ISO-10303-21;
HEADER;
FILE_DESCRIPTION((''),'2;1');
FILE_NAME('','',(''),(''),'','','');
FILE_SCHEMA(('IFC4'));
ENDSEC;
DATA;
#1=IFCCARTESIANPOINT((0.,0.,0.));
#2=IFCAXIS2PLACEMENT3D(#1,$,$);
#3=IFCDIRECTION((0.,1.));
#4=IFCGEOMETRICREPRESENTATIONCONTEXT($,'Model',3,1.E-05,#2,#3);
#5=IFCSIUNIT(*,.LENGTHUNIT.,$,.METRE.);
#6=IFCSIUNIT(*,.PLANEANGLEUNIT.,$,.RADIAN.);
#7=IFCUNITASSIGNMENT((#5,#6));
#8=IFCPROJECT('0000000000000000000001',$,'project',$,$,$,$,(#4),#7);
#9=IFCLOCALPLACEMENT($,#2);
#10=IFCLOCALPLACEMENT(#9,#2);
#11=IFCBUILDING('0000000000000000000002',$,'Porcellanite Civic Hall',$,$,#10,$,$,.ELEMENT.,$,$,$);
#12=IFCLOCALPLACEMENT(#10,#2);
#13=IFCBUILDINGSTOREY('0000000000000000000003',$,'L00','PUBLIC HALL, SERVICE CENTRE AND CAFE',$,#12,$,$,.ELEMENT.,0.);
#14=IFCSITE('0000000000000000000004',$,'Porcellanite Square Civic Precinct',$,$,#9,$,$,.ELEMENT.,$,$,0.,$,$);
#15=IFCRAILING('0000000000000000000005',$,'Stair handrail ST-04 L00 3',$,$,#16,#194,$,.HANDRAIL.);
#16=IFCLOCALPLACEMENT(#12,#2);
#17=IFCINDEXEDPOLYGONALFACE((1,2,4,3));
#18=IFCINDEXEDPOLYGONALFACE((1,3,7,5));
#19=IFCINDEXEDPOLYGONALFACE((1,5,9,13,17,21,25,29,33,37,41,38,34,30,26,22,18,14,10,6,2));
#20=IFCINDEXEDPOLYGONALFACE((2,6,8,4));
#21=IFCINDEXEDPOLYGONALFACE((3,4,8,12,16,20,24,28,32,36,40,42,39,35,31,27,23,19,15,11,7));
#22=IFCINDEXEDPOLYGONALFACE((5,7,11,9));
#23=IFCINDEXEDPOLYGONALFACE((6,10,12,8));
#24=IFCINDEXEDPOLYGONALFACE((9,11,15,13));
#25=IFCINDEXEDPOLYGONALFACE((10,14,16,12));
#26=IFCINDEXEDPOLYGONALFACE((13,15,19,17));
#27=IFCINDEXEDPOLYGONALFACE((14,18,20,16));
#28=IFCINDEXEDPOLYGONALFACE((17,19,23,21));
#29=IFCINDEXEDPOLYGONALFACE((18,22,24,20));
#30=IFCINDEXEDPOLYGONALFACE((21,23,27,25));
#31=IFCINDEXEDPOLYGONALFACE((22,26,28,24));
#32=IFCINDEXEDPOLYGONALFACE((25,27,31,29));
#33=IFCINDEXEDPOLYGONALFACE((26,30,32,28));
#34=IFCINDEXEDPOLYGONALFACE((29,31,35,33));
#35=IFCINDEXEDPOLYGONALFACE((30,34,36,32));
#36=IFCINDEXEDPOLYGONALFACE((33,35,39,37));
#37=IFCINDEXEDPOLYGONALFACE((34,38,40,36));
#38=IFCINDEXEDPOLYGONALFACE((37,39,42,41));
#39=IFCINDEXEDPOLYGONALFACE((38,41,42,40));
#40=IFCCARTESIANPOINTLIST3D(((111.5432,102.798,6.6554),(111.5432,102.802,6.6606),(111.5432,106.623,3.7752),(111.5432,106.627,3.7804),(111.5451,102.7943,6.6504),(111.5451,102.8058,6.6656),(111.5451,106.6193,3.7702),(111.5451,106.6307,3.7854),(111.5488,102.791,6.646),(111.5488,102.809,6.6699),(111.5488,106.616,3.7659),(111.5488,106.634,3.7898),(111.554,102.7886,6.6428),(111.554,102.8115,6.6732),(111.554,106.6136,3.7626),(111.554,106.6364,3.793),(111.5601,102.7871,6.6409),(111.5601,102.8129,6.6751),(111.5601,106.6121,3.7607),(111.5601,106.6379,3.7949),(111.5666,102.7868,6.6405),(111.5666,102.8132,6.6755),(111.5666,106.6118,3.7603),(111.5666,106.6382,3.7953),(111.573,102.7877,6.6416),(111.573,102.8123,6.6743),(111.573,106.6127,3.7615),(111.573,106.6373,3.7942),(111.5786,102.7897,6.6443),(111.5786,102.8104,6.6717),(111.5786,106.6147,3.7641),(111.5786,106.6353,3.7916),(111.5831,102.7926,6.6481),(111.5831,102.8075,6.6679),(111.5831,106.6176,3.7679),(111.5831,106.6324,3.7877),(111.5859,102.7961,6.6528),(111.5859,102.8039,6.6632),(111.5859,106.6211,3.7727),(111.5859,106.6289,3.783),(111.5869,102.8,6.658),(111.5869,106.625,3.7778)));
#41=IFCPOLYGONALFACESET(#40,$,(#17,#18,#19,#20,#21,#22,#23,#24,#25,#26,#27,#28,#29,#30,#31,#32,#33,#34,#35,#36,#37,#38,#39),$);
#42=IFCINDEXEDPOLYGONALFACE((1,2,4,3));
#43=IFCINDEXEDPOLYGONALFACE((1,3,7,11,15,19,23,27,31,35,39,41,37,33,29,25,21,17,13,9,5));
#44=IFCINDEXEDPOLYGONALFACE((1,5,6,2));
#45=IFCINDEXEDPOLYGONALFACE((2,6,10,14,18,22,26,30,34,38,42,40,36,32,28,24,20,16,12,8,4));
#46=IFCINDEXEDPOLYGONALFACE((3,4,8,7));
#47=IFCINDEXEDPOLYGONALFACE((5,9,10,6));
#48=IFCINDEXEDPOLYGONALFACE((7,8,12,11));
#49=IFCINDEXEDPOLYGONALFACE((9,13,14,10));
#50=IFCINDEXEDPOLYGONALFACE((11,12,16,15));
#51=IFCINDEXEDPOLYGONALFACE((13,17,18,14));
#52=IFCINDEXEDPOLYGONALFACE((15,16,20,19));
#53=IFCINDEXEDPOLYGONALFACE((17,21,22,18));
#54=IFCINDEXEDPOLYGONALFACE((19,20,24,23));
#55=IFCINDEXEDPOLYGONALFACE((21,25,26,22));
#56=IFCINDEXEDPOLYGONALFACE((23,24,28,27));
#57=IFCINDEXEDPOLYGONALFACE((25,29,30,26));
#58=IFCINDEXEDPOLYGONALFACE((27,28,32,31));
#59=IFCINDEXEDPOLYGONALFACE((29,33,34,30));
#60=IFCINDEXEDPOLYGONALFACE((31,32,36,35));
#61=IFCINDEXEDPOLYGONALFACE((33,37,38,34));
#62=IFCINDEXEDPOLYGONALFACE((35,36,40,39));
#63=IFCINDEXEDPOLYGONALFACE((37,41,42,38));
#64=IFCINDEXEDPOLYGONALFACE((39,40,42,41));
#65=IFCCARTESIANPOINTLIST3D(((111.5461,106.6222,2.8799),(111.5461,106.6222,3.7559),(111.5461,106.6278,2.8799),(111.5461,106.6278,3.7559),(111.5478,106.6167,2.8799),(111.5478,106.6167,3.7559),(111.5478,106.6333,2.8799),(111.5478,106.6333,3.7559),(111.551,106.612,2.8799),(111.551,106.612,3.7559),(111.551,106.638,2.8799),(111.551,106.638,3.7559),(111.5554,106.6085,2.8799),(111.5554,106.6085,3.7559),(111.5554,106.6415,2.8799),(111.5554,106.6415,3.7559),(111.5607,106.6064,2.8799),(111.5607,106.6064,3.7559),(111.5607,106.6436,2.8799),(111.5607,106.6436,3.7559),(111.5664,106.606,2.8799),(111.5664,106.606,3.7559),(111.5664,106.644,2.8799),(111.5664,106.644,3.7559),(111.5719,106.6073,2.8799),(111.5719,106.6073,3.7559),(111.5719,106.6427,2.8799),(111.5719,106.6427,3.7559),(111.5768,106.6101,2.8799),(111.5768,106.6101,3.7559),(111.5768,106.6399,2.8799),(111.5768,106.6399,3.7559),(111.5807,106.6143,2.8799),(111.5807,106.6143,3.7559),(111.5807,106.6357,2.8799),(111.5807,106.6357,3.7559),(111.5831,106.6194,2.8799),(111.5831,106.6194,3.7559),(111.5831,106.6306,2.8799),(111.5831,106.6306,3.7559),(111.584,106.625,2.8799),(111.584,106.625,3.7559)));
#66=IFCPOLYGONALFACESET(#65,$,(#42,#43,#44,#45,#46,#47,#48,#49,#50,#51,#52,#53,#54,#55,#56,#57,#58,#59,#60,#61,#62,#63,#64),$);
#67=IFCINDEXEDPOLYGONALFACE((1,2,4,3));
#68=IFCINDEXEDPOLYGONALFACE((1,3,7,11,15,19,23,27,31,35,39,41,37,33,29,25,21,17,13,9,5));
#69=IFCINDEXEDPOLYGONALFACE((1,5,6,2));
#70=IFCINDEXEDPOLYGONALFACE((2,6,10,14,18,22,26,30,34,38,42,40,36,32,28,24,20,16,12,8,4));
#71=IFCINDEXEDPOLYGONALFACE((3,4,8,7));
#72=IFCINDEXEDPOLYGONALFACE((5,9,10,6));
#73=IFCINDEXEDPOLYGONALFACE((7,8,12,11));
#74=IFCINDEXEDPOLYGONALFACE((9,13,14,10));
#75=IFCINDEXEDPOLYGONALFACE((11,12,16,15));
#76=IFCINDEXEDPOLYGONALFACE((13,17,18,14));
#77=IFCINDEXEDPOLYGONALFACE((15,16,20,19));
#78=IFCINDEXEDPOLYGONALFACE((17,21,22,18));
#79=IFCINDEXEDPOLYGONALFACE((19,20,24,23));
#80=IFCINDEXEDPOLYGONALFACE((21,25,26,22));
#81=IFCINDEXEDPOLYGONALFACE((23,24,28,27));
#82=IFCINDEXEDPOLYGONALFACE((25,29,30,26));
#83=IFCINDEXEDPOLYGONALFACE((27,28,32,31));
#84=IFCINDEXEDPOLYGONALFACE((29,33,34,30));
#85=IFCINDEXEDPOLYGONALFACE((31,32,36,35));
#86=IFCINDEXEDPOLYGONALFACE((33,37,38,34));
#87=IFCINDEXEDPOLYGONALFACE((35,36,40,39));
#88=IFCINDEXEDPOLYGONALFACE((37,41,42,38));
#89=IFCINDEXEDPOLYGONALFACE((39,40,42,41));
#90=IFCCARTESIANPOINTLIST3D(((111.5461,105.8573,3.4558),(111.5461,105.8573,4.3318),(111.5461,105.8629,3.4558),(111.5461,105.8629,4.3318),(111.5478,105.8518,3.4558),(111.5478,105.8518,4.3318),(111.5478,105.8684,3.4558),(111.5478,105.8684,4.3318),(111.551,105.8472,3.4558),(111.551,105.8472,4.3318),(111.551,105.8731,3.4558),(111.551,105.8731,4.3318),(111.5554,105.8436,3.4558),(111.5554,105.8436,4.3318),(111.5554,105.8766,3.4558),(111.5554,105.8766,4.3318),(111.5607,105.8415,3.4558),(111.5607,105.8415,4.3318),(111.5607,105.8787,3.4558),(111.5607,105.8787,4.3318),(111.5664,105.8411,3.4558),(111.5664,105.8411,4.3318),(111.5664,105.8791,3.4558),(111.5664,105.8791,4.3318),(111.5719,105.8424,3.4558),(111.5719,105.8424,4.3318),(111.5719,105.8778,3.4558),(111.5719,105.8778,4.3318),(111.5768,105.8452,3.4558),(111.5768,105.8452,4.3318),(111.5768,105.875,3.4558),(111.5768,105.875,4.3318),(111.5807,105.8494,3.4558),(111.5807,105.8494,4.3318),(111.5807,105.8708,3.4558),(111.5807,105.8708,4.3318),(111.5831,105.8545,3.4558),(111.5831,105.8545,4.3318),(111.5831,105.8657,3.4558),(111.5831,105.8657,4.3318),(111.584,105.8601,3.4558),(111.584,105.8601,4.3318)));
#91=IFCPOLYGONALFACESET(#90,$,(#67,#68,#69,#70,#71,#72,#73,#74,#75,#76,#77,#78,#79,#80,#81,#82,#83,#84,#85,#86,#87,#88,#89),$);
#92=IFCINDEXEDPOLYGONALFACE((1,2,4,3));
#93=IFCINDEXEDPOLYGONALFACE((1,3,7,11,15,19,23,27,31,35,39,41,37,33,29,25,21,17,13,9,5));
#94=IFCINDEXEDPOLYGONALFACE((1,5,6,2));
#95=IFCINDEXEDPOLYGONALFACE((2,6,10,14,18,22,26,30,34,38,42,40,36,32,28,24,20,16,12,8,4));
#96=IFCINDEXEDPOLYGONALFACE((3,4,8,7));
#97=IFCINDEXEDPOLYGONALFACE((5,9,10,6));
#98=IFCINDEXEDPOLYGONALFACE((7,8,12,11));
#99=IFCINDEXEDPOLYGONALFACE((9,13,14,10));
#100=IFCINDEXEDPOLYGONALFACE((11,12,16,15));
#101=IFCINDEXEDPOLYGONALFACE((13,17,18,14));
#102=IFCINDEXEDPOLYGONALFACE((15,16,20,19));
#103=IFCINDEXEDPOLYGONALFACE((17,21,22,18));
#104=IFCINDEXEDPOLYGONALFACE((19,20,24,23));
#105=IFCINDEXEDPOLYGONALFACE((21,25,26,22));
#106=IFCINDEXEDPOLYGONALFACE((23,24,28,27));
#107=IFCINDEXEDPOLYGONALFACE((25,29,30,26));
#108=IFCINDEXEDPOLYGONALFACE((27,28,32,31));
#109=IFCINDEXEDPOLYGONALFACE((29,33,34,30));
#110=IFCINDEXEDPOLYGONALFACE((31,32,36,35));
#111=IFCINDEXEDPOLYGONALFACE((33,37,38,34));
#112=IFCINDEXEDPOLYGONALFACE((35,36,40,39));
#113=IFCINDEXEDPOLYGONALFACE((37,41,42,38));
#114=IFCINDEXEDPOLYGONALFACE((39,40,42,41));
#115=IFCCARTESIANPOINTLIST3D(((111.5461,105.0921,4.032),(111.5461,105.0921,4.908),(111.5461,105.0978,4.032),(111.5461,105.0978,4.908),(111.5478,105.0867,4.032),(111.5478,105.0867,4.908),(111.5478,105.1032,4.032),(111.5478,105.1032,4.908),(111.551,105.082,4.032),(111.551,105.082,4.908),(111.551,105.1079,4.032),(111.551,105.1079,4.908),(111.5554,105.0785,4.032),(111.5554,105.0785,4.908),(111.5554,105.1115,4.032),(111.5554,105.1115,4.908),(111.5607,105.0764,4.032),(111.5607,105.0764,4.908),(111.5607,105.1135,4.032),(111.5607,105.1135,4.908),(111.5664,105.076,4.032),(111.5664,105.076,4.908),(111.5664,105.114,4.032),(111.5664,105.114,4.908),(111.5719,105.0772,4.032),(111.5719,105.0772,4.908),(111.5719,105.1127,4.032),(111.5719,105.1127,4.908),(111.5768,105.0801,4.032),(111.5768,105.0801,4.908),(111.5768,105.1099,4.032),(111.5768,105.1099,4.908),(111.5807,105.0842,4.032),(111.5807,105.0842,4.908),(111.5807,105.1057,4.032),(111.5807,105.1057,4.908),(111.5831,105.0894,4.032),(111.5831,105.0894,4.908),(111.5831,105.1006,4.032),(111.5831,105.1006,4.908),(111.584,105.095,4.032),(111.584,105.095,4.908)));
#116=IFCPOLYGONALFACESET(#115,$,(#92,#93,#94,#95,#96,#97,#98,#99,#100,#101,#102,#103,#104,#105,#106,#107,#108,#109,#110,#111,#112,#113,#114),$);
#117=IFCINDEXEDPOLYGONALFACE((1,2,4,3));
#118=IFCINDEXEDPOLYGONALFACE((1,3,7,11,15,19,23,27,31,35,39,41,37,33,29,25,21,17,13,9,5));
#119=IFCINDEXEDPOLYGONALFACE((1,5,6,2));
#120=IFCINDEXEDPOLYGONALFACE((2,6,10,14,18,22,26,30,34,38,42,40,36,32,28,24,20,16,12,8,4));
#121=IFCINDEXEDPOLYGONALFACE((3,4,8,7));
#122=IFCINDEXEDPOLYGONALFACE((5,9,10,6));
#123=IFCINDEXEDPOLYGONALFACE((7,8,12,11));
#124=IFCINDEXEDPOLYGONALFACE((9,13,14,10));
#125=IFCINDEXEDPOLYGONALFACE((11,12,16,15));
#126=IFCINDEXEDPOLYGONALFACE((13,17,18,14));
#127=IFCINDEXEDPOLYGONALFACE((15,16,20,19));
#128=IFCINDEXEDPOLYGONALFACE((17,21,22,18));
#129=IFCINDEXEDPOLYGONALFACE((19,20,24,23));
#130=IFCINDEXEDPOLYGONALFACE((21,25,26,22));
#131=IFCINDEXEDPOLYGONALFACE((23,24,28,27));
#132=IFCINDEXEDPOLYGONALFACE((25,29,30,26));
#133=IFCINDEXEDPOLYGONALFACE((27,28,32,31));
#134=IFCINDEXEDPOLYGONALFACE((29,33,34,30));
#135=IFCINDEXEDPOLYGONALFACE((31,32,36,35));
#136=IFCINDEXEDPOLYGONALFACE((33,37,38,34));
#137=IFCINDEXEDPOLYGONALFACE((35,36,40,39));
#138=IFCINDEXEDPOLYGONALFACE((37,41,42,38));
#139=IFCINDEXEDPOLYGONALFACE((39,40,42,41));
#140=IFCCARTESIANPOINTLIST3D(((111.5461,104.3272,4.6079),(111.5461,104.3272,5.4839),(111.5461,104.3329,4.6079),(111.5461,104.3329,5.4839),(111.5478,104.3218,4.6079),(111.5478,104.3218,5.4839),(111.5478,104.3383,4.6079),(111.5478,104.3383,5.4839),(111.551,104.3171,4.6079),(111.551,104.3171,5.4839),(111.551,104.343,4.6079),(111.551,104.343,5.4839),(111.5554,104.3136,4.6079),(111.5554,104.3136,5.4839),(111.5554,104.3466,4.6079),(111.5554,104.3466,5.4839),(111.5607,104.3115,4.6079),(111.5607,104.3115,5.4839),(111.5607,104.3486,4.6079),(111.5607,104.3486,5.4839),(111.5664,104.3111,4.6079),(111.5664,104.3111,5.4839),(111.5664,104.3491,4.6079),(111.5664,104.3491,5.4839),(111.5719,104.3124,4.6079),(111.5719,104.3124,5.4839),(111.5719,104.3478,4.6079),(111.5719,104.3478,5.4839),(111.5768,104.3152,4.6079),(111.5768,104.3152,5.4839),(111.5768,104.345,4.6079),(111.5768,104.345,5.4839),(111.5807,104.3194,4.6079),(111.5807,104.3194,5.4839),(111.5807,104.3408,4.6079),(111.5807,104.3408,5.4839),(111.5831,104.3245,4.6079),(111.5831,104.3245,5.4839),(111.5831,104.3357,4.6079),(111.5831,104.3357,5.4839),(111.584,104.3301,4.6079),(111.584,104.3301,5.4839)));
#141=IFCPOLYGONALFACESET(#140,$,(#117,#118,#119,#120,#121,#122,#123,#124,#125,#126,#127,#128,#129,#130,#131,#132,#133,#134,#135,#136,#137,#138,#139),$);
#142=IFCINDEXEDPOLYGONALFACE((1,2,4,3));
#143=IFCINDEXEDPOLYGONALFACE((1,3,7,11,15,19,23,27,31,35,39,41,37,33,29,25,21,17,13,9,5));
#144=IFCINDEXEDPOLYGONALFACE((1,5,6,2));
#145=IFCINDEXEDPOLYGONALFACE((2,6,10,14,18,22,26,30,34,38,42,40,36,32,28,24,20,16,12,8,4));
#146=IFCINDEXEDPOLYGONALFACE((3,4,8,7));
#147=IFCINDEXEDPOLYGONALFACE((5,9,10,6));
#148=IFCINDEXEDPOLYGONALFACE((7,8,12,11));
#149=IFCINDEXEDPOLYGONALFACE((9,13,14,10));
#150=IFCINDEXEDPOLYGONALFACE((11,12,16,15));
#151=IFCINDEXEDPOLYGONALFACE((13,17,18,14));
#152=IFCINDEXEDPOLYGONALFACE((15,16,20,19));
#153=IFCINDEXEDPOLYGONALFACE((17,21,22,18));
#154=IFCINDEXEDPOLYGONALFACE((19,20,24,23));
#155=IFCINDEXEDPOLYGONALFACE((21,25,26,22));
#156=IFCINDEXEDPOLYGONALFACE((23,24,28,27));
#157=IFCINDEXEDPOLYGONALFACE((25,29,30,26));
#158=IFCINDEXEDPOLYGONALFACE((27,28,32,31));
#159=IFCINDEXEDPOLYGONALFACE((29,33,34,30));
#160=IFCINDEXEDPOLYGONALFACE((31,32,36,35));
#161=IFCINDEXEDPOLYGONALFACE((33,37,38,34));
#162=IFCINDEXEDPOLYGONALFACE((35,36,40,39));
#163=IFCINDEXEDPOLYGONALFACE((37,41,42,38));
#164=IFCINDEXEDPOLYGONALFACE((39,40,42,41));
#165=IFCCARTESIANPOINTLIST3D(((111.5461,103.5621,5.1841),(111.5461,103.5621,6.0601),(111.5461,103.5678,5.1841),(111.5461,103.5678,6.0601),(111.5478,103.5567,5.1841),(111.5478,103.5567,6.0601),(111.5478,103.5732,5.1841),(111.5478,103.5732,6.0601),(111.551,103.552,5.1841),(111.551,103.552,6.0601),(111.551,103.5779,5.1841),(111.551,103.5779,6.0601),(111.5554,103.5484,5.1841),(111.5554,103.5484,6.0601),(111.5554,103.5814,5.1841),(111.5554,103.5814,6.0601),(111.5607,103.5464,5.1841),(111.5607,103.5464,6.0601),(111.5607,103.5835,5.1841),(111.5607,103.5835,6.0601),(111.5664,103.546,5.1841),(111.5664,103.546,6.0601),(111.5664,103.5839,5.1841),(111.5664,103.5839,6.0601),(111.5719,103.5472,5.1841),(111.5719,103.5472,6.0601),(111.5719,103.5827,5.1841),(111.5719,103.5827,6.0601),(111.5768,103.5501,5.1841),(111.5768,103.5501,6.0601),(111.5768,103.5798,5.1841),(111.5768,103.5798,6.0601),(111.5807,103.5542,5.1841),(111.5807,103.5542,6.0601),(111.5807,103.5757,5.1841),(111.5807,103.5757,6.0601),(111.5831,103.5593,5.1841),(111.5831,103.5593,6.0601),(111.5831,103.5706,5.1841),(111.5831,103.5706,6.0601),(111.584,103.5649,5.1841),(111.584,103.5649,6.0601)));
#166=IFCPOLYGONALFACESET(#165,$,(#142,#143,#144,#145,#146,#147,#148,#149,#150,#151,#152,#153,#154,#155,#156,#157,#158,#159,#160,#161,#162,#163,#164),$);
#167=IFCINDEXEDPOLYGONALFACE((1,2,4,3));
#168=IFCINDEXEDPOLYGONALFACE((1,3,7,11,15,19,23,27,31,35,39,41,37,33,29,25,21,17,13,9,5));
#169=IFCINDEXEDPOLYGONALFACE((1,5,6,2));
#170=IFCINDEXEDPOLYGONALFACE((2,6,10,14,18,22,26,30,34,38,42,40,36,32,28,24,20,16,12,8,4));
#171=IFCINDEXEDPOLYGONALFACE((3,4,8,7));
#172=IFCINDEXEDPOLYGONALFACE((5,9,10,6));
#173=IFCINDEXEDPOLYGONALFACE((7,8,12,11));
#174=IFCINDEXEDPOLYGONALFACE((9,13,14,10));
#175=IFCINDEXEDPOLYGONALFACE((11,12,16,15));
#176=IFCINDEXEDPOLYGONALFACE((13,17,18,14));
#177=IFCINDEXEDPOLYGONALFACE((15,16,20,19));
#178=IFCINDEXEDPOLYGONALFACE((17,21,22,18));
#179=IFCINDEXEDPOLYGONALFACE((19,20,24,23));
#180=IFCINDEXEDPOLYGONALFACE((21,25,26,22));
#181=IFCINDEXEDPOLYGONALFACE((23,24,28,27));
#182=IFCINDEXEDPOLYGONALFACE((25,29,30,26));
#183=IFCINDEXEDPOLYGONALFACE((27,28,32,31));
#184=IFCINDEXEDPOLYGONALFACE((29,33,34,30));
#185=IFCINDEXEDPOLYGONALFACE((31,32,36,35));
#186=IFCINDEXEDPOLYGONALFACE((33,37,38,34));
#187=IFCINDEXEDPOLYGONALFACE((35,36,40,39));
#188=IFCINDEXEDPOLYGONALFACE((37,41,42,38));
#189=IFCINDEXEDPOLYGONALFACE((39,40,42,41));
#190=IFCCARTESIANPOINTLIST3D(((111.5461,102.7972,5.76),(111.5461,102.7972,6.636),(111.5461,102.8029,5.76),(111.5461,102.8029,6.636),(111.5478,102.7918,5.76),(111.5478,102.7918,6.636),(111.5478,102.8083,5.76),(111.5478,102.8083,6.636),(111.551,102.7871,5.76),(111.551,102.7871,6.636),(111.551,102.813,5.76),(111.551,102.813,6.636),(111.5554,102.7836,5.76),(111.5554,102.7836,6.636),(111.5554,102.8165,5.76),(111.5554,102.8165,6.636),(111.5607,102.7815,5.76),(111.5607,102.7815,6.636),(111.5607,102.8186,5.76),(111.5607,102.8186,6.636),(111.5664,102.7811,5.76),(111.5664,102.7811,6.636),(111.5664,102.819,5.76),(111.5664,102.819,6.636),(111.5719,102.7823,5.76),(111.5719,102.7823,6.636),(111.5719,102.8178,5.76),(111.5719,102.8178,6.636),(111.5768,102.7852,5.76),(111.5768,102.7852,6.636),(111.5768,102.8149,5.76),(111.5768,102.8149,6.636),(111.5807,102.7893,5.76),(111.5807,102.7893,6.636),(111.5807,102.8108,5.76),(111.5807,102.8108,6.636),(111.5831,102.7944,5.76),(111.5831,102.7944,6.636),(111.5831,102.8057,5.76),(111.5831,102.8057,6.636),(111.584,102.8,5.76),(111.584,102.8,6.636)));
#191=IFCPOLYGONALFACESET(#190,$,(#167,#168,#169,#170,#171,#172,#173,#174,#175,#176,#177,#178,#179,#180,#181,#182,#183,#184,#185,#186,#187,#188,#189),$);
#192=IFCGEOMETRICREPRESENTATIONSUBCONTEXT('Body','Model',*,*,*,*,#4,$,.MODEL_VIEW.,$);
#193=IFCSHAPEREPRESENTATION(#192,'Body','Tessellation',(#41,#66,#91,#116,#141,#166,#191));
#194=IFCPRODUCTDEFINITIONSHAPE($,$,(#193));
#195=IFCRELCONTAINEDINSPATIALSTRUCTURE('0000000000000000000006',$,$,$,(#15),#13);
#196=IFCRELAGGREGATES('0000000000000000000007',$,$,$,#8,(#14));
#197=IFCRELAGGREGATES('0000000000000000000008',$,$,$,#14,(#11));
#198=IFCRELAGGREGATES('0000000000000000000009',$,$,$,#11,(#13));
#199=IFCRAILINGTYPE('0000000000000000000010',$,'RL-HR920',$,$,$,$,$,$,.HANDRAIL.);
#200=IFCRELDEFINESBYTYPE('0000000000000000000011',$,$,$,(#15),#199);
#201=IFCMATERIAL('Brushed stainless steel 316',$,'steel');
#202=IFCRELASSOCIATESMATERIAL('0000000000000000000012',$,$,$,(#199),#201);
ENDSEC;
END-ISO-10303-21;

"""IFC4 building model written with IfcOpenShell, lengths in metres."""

from ifc_helpers import new_model, si_unit, direction, frame, origin, origin_2d, place, context, subcontext, project, spatial, circle, extrude, material, type_object, element, save


model = new_model("IFC4")

# Units and contexts
model_context = context("Model", 3, precision=1e-05, world=origin(), true_north=direction((0.0, 1.0)))
body_context = subcontext(model_context, "Body", "Model", "MODEL_VIEW")
ifc_project = project(units=[si_unit("LENGTHUNIT", "METRE"), si_unit("PLANEANGLEUNIT", "RADIAN")], contexts=[model_context])

# Site, building, storey
site_placement = place(None, origin())
site = spatial("IfcSite", under=ifc_project, at=site_placement, Name="Porcellanite Square Civic Precinct", CompositionType="ELEMENT", RefElevation=0.0)
building_placement = place(site_placement, origin())
building = spatial("IfcBuilding", under=site, at=building_placement, Name="Porcellanite Civic Hall", CompositionType="ELEMENT")
storey_placement = place(building_placement, origin())
storey = spatial("IfcBuildingStorey", under=building, at=storey_placement, Name="L00", Description="PUBLIC HALL, SERVICE CENTRE AND CAFE", CompositionType="ELEMENT", Elevation=0.0)

# Railing
ifc_material_1 = material(Name="Brushed stainless steel 316", Category="steel")
railing_type_1 = type_object("IfcRailingType", Name="RL-HR920", PredefinedType="HANDRAIL", material=ifc_material_1)
railing_1_placement = place(storey_placement, frame((111.5649, 106.625, 2.8799)))
element("IfcRailing", 1, at=railing_1_placement, inside=storey, type_object=railing_type_1, Name="Stair handrail ST-04 L00 3", PredefinedType="HANDRAIL", context=body_context, shape_type="SweptSolid", body=[
    extrude(circle(Radius=0.022, at=origin_2d()), frame((0.0, 0.0, 0.8979), z_axis=(0.0, -0.798854, 0.601525), x_axis=(1.0, 0.0, 0.0)), (0.0, 0.0, 1.0), 4.7881),
    extrude(circle(Radius=0.019, at=origin_2d()), origin(), (0.0, 0.0, 1.0), 0.876),
    extrude(circle(Radius=0.019, at=origin_2d()), frame((0.0, -0.7649, 0.5759)), (0.0, 0.0, 1.0), 0.876),
    extrude(circle(Radius=0.019, at=origin_2d()), frame((0.0, -1.53, 1.1521)), (0.0, 0.0, 1.0), 0.876),
    extrude(circle(Radius=0.019, at=origin_2d()), frame((0.0, -2.2949, 1.728)), (0.0, 0.0, 1.0), 0.876),
    extrude(circle(Radius=0.019, at=origin_2d()), frame((0.0, -3.0601, 2.3042)), (0.0, 0.0, 1.0), 0.876),
    extrude(circle(Radius=0.019, at=origin_2d()), frame((0.0, -3.825, 2.8801)), (0.0, 0.0, 1.0), 0.876),
])

save(model, "model.ifc")
